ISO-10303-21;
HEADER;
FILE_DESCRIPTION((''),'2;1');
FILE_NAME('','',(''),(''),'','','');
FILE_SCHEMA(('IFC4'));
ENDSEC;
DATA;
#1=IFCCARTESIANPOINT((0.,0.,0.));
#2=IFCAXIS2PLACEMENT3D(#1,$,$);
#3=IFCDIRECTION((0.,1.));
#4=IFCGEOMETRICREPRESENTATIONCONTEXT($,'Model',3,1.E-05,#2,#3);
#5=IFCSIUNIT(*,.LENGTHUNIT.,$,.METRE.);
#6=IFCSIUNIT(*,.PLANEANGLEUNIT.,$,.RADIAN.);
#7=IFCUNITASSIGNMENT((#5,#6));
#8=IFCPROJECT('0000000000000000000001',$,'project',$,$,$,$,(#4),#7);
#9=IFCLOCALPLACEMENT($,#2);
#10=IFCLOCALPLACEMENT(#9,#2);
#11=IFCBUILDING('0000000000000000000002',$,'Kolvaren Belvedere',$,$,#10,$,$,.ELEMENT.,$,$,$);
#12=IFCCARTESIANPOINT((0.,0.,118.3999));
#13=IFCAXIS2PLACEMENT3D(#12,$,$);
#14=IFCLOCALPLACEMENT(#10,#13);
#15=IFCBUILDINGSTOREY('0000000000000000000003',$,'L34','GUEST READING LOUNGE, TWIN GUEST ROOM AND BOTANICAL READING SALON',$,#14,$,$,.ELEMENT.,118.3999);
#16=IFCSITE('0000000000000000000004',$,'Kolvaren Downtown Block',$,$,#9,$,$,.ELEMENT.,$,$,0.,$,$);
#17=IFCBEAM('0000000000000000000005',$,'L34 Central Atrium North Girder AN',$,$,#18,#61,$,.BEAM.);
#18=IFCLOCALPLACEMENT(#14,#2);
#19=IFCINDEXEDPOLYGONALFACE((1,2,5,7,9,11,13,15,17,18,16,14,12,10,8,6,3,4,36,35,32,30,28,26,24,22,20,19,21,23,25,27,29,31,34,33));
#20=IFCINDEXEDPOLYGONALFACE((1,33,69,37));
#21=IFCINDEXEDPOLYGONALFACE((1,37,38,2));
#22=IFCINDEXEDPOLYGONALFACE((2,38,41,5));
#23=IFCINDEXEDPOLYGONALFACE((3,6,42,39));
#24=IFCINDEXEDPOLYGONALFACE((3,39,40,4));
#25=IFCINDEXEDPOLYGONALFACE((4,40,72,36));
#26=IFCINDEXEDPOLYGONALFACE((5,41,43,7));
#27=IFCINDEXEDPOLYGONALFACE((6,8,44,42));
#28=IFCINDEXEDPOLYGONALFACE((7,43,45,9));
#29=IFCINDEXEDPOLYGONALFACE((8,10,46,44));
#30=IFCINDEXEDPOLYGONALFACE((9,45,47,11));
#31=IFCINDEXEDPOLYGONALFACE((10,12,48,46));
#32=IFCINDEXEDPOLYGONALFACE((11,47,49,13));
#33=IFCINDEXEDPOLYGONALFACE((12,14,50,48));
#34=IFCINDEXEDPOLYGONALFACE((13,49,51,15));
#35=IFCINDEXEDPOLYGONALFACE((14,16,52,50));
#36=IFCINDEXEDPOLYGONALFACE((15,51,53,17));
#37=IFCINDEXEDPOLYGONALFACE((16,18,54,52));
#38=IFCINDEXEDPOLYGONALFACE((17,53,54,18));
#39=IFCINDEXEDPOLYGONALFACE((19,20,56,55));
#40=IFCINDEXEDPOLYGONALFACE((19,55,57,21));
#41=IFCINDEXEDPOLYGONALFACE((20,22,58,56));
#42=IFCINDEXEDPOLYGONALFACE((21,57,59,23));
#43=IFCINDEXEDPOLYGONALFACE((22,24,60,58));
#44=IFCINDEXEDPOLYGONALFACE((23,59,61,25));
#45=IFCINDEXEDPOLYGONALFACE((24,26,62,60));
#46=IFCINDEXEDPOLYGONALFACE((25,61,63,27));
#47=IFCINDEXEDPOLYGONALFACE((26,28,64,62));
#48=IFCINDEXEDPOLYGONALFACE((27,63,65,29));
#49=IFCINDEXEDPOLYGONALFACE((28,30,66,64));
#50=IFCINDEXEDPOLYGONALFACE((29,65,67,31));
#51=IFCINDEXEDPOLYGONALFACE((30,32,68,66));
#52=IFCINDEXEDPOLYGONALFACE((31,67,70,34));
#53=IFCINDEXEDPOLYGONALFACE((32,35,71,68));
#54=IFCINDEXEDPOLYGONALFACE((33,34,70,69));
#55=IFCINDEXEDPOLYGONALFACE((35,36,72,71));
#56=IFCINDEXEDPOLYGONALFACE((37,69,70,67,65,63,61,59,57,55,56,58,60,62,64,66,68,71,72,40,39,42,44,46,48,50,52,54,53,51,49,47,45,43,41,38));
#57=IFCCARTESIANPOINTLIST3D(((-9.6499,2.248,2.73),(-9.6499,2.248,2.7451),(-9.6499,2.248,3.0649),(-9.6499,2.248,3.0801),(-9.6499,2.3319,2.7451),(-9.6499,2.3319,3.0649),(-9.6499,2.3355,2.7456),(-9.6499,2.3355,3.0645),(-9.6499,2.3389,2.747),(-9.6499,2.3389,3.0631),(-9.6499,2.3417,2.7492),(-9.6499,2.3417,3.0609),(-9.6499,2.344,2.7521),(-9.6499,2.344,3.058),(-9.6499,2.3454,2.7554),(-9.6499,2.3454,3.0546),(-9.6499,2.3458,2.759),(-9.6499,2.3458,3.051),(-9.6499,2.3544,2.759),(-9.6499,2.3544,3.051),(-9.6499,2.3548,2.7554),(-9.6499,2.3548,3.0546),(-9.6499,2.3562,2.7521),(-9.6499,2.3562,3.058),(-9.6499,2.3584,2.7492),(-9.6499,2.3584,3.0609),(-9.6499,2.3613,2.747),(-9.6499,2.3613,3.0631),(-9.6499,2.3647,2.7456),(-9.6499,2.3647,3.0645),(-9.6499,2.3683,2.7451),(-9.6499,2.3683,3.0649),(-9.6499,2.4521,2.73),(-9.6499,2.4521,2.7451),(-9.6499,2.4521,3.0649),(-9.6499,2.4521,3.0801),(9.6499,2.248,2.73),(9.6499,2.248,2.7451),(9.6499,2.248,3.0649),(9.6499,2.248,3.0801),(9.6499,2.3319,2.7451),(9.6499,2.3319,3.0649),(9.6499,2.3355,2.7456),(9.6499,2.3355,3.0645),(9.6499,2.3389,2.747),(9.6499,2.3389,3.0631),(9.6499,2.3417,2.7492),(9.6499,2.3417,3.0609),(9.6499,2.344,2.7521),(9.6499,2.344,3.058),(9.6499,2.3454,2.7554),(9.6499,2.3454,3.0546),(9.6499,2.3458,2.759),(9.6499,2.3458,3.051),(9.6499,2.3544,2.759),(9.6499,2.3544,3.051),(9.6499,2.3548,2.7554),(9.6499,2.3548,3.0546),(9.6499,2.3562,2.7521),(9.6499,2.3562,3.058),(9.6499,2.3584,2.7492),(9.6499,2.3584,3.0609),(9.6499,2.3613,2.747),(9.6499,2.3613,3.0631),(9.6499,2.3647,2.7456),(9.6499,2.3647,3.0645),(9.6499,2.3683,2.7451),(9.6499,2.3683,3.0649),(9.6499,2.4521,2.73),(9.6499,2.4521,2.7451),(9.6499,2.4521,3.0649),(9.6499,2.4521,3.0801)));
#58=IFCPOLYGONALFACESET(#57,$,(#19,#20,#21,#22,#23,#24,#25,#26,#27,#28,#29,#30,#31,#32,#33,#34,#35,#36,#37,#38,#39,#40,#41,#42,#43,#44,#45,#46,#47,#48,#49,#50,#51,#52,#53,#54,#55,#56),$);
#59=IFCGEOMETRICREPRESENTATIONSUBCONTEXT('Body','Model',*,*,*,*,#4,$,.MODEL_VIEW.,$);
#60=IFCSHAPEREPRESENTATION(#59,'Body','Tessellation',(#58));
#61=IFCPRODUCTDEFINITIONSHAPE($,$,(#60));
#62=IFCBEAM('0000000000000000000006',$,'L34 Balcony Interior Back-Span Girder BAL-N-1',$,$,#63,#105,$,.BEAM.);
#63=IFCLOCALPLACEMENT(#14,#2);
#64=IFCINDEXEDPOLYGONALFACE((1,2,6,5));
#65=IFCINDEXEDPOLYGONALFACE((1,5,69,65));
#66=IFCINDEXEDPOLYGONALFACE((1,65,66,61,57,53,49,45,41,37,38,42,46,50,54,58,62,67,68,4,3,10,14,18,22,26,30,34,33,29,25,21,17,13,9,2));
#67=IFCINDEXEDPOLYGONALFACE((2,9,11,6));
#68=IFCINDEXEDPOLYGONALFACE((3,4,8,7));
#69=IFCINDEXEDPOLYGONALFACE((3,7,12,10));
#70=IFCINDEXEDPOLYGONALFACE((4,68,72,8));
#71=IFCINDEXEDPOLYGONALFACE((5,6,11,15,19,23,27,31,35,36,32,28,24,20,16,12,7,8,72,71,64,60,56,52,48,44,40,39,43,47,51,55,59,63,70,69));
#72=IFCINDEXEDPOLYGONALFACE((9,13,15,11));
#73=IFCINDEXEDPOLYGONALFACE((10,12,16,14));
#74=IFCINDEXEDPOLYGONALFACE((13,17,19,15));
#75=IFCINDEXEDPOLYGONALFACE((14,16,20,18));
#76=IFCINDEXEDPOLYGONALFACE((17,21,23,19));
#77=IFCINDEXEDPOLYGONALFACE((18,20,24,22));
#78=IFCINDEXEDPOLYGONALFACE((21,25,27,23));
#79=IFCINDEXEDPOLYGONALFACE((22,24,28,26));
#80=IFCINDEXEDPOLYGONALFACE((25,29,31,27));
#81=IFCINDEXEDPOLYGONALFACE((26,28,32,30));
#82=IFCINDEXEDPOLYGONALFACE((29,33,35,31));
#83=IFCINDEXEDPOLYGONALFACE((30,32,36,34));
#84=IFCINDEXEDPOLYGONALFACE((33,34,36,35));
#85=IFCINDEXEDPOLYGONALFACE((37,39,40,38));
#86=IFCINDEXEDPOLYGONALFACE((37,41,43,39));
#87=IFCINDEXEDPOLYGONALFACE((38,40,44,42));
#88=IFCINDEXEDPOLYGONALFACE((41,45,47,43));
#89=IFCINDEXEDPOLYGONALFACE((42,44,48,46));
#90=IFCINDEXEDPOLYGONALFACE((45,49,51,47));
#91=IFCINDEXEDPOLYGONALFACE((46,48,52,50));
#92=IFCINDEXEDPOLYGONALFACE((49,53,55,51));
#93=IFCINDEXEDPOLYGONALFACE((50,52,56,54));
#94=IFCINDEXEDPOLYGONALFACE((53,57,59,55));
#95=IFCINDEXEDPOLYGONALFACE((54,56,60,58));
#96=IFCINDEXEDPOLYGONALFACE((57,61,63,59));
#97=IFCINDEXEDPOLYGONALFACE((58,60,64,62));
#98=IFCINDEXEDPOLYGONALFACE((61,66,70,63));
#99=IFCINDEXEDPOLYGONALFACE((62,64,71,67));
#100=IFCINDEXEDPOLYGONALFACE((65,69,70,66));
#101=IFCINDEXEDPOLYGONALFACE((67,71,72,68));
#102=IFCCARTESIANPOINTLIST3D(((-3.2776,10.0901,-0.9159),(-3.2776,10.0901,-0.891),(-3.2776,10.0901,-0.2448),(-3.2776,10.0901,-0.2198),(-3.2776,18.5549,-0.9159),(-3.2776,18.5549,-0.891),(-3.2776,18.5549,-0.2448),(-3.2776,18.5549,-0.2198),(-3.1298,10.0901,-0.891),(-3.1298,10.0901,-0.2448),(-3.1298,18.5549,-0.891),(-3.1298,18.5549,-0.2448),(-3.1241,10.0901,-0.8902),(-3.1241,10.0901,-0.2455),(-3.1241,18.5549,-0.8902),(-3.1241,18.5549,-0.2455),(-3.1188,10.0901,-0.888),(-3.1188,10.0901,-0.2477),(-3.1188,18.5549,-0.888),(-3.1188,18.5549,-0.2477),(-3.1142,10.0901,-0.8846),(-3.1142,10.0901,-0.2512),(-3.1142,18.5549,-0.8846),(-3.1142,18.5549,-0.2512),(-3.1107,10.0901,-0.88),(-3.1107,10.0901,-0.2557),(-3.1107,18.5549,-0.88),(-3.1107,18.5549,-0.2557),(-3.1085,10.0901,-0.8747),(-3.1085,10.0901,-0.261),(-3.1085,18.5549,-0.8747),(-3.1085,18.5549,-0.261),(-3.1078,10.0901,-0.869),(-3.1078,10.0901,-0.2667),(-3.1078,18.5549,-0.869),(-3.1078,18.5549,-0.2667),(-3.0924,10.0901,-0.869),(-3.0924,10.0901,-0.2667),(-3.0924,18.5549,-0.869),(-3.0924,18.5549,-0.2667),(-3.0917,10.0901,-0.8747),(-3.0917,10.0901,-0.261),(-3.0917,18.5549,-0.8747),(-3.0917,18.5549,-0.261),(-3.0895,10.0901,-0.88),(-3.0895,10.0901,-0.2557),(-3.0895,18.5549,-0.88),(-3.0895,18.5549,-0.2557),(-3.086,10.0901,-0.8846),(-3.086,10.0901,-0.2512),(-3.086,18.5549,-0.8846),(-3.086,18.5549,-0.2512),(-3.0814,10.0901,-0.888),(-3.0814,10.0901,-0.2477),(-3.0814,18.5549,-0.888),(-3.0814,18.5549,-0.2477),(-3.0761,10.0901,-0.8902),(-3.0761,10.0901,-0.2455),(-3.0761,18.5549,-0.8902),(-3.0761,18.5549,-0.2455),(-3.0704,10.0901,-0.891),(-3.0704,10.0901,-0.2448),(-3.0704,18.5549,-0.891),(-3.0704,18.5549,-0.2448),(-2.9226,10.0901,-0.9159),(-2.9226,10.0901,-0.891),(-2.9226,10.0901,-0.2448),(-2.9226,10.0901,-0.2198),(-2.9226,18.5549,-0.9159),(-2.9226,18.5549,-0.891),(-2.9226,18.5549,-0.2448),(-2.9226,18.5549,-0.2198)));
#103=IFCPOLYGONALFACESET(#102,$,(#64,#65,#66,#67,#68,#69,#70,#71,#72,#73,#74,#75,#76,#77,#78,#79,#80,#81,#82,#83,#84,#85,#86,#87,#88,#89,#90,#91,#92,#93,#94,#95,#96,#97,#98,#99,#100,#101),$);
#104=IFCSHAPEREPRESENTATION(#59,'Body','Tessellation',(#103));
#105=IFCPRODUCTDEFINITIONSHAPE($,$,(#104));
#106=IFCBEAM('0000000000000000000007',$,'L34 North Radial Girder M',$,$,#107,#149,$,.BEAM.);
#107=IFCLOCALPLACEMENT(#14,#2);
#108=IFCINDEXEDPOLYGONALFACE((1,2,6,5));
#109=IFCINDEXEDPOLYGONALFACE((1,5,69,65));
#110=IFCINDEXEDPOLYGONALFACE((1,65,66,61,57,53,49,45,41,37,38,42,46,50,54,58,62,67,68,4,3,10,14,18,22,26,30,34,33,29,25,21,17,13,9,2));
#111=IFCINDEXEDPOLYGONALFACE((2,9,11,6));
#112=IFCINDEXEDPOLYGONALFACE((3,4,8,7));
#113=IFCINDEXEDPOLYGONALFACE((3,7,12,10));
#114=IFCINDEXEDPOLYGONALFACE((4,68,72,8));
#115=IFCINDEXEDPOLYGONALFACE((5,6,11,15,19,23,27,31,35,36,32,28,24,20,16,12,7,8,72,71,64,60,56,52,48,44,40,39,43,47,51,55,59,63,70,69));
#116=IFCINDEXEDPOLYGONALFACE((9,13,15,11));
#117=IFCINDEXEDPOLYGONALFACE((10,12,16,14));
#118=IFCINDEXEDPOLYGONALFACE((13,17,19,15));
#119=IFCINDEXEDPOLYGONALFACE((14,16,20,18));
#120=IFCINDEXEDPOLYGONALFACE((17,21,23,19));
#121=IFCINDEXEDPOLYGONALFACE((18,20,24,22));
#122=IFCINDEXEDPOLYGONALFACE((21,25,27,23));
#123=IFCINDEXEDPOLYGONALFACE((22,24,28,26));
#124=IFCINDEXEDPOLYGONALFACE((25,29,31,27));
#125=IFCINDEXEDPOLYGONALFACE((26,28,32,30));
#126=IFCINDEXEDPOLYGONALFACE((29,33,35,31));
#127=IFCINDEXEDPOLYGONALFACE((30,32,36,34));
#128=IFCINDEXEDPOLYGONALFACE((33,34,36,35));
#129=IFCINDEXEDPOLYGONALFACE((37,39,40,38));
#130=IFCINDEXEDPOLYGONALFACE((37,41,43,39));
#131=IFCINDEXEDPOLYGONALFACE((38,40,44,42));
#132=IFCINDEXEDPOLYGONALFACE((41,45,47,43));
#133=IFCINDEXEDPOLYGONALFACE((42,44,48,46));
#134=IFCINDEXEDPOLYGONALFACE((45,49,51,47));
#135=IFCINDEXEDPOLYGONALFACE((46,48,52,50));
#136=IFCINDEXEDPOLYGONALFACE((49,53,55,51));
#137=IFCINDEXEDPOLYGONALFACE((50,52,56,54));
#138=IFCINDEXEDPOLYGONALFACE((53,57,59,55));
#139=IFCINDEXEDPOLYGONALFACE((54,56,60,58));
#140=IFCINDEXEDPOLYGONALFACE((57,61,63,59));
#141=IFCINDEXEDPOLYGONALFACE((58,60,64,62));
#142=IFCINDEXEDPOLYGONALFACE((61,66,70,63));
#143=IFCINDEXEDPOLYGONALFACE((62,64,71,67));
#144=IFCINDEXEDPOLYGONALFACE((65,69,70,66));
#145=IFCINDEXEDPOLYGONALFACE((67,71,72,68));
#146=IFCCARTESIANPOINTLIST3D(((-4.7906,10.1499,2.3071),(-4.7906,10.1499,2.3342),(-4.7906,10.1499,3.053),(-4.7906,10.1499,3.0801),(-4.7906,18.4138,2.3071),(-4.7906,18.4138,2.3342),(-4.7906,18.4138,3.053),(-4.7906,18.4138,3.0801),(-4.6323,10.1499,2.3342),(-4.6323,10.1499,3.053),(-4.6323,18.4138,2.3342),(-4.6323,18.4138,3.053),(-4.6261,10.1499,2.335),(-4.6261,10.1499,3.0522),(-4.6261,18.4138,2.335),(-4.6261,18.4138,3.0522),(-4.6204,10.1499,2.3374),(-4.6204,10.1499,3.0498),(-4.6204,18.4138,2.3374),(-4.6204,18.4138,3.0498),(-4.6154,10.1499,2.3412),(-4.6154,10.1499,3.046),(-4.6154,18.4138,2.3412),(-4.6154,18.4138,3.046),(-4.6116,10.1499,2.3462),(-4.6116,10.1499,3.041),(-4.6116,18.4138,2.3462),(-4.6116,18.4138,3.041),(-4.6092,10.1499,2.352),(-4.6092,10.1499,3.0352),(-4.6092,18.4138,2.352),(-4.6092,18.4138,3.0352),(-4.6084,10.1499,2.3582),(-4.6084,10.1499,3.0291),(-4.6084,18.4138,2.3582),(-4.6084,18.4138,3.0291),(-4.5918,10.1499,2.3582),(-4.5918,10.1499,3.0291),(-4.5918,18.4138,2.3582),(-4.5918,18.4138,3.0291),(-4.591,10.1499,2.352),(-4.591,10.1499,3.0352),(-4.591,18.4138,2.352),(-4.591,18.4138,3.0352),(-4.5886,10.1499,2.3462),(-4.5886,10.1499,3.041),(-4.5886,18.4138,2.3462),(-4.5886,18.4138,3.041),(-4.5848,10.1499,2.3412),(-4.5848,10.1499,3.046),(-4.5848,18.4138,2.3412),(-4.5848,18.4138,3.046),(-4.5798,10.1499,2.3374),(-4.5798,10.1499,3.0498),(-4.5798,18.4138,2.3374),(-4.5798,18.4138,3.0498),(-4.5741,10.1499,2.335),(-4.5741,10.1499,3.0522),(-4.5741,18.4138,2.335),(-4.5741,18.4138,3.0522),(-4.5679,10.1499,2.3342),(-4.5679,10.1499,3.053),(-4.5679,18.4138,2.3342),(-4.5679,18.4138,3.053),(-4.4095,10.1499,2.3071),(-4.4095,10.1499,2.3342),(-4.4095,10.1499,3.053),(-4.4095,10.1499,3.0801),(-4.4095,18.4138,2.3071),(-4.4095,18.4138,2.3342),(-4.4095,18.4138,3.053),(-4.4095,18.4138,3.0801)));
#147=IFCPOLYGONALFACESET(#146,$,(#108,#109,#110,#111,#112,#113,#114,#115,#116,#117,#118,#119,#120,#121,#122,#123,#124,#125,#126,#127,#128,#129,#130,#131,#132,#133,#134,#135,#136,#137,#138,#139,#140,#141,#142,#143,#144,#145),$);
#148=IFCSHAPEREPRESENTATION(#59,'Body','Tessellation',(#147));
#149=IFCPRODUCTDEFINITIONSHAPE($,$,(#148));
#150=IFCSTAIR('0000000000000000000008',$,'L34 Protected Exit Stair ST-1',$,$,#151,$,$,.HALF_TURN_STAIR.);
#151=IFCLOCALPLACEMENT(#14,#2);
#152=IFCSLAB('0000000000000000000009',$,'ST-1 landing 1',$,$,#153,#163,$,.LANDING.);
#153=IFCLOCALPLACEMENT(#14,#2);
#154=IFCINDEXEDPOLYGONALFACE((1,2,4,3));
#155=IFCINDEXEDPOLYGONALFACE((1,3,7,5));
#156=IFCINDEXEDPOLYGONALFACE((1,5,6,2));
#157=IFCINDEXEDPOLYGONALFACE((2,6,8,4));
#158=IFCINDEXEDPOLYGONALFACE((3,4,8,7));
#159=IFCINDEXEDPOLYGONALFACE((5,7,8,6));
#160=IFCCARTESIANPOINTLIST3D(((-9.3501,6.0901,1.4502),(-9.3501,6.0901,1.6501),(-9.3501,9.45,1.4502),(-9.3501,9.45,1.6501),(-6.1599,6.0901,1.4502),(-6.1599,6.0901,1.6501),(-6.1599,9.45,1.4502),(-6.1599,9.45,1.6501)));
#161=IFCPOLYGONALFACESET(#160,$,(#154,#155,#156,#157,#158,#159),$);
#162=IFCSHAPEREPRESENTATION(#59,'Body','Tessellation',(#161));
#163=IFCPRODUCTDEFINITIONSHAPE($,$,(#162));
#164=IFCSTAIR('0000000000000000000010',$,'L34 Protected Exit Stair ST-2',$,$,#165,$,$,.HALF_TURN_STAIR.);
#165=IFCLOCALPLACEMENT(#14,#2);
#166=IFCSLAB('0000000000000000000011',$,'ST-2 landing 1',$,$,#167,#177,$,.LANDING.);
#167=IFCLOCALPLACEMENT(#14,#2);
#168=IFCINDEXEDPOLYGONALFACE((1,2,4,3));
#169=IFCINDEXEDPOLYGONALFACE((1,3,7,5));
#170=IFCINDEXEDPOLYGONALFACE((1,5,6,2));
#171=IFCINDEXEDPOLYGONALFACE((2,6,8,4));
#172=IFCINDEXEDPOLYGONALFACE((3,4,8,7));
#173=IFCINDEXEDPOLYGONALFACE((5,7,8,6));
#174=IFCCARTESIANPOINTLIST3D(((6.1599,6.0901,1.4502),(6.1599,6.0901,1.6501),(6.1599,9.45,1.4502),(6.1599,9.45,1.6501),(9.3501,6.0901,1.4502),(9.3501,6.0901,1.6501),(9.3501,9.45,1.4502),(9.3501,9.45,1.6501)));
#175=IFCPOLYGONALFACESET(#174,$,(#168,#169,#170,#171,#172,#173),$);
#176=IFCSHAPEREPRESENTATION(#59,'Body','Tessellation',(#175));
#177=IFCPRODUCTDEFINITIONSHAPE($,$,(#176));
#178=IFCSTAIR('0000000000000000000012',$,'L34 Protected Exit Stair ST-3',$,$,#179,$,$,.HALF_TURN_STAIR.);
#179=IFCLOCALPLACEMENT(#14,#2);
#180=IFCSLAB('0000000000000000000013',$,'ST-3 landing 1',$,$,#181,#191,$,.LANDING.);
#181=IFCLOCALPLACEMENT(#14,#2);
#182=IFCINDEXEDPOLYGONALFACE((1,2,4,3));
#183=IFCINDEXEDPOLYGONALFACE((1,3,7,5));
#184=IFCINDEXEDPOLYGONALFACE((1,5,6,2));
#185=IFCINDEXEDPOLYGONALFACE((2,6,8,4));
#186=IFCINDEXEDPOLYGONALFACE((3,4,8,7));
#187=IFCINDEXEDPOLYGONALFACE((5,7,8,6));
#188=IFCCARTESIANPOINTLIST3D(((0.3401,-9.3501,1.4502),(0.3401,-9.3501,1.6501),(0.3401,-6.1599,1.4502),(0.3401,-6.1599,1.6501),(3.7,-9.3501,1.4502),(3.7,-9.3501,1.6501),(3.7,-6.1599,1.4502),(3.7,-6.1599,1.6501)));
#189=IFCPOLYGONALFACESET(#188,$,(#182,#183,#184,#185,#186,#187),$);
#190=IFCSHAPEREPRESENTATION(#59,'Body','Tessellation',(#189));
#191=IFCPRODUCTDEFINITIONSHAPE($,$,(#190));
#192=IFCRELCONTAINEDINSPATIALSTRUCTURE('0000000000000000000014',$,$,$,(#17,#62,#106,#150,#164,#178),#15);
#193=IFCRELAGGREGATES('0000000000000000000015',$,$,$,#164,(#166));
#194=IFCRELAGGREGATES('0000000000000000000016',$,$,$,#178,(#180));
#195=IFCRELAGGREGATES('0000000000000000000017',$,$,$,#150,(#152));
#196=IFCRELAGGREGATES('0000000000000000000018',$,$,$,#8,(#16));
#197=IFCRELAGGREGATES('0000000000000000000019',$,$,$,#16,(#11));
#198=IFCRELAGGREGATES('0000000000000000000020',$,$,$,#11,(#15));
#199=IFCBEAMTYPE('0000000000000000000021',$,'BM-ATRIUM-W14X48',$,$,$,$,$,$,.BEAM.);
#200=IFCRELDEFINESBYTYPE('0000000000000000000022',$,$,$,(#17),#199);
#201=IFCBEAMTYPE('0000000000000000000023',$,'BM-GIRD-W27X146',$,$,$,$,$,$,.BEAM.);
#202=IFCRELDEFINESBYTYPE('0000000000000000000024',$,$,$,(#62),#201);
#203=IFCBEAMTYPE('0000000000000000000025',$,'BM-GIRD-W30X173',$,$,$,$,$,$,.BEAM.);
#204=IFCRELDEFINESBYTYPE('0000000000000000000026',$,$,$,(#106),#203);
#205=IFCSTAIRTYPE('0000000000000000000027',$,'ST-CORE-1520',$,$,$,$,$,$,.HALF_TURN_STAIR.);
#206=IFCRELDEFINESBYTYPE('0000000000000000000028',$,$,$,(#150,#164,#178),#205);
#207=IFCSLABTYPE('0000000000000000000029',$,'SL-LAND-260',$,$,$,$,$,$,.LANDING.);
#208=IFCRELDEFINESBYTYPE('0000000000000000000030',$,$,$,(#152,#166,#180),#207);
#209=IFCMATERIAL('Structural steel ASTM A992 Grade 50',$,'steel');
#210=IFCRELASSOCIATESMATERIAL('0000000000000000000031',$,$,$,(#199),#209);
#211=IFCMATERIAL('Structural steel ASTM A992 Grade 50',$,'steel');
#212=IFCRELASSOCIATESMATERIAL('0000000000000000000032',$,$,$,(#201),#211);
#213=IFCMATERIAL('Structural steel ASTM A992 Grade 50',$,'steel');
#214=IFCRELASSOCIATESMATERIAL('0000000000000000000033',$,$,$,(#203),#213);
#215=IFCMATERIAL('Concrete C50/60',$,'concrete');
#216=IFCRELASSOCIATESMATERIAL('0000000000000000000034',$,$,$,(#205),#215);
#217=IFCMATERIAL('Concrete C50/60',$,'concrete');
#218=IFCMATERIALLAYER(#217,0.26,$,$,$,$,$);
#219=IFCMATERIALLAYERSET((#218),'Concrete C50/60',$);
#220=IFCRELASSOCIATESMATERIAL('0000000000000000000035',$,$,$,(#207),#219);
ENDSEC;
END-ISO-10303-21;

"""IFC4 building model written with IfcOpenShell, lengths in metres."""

from ifc_helpers import new_model, si_unit, direction, frame, origin, origin_2d, place, context, subcontext, project, spatial, polyline, i_section, outline, extrude, material, layer, layer_set, material_profile, profile_set, type_object, element, aggregate, save


model = new_model("IFC4")

# Units and contexts
model_context = context("Model", 3, precision=1e-05, world=origin(), true_north=direction((0.0, 1.0)))
body_context = subcontext(model_context, "Body", "Model", "MODEL_VIEW")
ifc_project = project(units=[si_unit("LENGTHUNIT", "METRE"), si_unit("PLANEANGLEUNIT", "RADIAN")], contexts=[model_context])

# Site, building, storey
site_placement = place(None, origin())
site = spatial("IfcSite", under=ifc_project, at=site_placement, Name="Kolvaren Downtown Block", CompositionType="ELEMENT", RefElevation=0.0)
building_placement = place(site_placement, origin())
building = spatial("IfcBuilding", under=site, at=building_placement, Name="Kolvaren Belvedere", CompositionType="ELEMENT")
storey_placement = place(building_placement, frame((0.0, 0.0, 118.3999)))
storey = spatial("IfcBuildingStorey", under=building, at=storey_placement, Name="L34", Description="GUEST READING LOUNGE, TWIN GUEST ROOM AND BOTANICAL READING SALON", CompositionType="ELEMENT", Elevation=118.3999)

# Beams
ifc_material_1 = material(Name="Structural steel ASTM A992 Grade 50", Category="steel")
ifc_material_profile_1 = material_profile(ifc_material_1, i_section(OverallWidth=0.2041, OverallDepth=0.3501, WebThickness=0.0085, FlangeThickness=0.0151, FilletRadius=0.0139, at=origin_2d()), Name="W14X48")
ifc_profile_set_1 = profile_set([ifc_material_profile_1], Name="Structural steel ASTM A992 Grade 50")
beam_type_1 = type_object("IfcBeamType", Name="BM-ATRIUM-W14X48", PredefinedType="BEAM", material=ifc_profile_set_1)
beam_1_placement = place(storey_placement, frame((-9.6499, 2.3501, 2.905), z_axis=(1.0, 0.0, 0.0), x_axis=(0.0, 1.0, 0.0)))
element("IfcBeam", 1, at=beam_1_placement, inside=storey, type_object=beam_type_1, Name="L34 Central Atrium North Girder AN", PredefinedType="BEAM", context=body_context, shape_type="SweptSolid", body=[
    extrude(i_section(OverallWidth=0.2041, OverallDepth=0.3501, WebThickness=0.0085, FlangeThickness=0.0151, FilletRadius=0.0139, at=origin_2d()), origin(), (0.0, 0.0, 1.0), 19.2998),
])
ifc_material_2 = material(Name="Structural steel ASTM A992 Grade 50", Category="steel")
ifc_material_profile_2 = material_profile(ifc_material_2, i_section(OverallWidth=0.355, OverallDepth=0.696, WebThickness=0.0154, FlangeThickness=0.0249, FilletRadius=0.022, at=origin_2d()), Name="W27X146")
ifc_profile_set_2 = profile_set([ifc_material_profile_2], Name="Structural steel ASTM A992 Grade 50")
beam_type_2 = type_object("IfcBeamType", Name="BM-GIRD-W27X146", PredefinedType="BEAM", material=ifc_profile_set_2)
beam_2_placement = place(storey_placement, frame((-3.1001, 10.0901, -0.5679), z_axis=(0.0, 1.0, 0.0), x_axis=(-1.0, 0.0, 0.0)))
element("IfcBeam", 2, at=beam_2_placement, inside=storey, type_object=beam_type_2, Name="L34 Balcony Interior Back-Span Girder BAL-N-1", PredefinedType="BEAM", context=body_context, shape_type="SweptSolid", body=[
    extrude(i_section(OverallWidth=0.355, OverallDepth=0.696, WebThickness=0.0154, FlangeThickness=0.0249, FilletRadius=0.022, at=origin_2d()), origin(), (0.0, 0.0, 1.0), 8.4648),
])
ifc_material_3 = material(Name="Structural steel ASTM A992 Grade 50", Category="steel")
ifc_material_profile_3 = material_profile(ifc_material_3, i_section(OverallWidth=0.3811, OverallDepth=0.7729, WebThickness=0.0166, FlangeThickness=0.0271, FilletRadius=0.0239, at=origin_2d()), Name="W30X173")
ifc_profile_set_3 = profile_set([ifc_material_profile_3], Name="Structural steel ASTM A992 Grade 50")
beam_type_3 = type_object("IfcBeamType", Name="BM-GIRD-W30X173", PredefinedType="BEAM", material=ifc_profile_set_3)
beam_3_placement = place(storey_placement, frame((-4.6001, 10.1499, 2.6936), z_axis=(0.0, 1.0, 0.0), x_axis=(-1.0, 0.0, 0.0)))
element("IfcBeam", 3, at=beam_3_placement, inside=storey, type_object=beam_type_3, Name="L34 North Radial Girder M", PredefinedType="BEAM", context=body_context, shape_type="SweptSolid", body=[
    extrude(i_section(OverallWidth=0.3811, OverallDepth=0.7729, WebThickness=0.0166, FlangeThickness=0.0271, FilletRadius=0.0239, at=origin_2d()), origin(), (0.0, 0.0, 1.0), 8.2639),
])

# Stairs, slabs
ifc_material_4 = material(Name="Concrete C50/60", Category="concrete")
stair_type = type_object("IfcStairType", Name="ST-CORE-1520", PredefinedType="HALF_TURN_STAIR", material=ifc_material_4)
stair_1_placement = place(storey_placement, origin())
stair_1 = element("IfcStair", 4, at=stair_1_placement, inside=storey, type_object=stair_type, Name="L34 Protected Exit Stair ST-1", PredefinedType="HALF_TURN_STAIR")
ifc_material_5 = material(Name="Concrete C50/60", Category="concrete")
ifc_layer_1 = layer(ifc_material_5, 0.26)
ifc_layer_set_1 = layer_set([ifc_layer_1], Name="Concrete C50/60")
slab_type = type_object("IfcSlabType", Name="SL-LAND-260", PredefinedType="LANDING", material=ifc_layer_set_1)
slab_1_placement = place(storey_placement, frame((0.0, 0.0, 1.4502)))
slab_1 = element("IfcSlab", 5, at=slab_1_placement, type_object=slab_type, Name="ST-1 landing 1", PredefinedType="LANDING", context=body_context, shape_type="SweptSolid", body=[
    extrude(outline(polyline([(-6.1599, 6.0901), (-6.1599, 9.45), (-9.3501, 9.45), (-9.3501, 6.0901), (-6.1599, 6.0901)])), origin(), (0.0, 0.0, 1.0), 0.2),
])
stair_2_placement = place(storey_placement, origin())
stair_2 = element("IfcStair", 6, at=stair_2_placement, inside=storey, type_object=stair_type, Name="L34 Protected Exit Stair ST-2", PredefinedType="HALF_TURN_STAIR")
slab_2_placement = place(storey_placement, frame((0.0, 0.0, 1.4502)))
slab_2 = element("IfcSlab", 7, at=slab_2_placement, type_object=slab_type, Name="ST-2 landing 1", PredefinedType="LANDING", context=body_context, shape_type="SweptSolid", body=[
    extrude(outline(polyline([(9.3501, 6.0901), (9.3501, 9.45), (6.1599, 9.45), (6.1599, 6.0901), (9.3501, 6.0901)])), origin(), (0.0, 0.0, 1.0), 0.2),
])
aggregate(stair_2, [slab_2])
stair_3_placement = place(storey_placement, origin())
stair_3 = element("IfcStair", 8, at=stair_3_placement, inside=storey, type_object=stair_type, Name="L34 Protected Exit Stair ST-3", PredefinedType="HALF_TURN_STAIR")
slab_3_placement = place(storey_placement, frame((0.0, 0.0, 1.4502)))
slab_3 = element("IfcSlab", 9, at=slab_3_placement, type_object=slab_type, Name="ST-3 landing 1", PredefinedType="LANDING", context=body_context, shape_type="SweptSolid", body=[
    extrude(outline(polyline([(0.3401, -9.3501), (3.7, -9.3501), (3.7, -6.1599), (0.3401, -6.1599), (0.3401, -9.3501)])), origin(), (0.0, 0.0, 1.0), 0.2),
])
aggregate(stair_3, [slab_3])

aggregate(stair_1, [slab_1])

save(model, "model.ifc")
